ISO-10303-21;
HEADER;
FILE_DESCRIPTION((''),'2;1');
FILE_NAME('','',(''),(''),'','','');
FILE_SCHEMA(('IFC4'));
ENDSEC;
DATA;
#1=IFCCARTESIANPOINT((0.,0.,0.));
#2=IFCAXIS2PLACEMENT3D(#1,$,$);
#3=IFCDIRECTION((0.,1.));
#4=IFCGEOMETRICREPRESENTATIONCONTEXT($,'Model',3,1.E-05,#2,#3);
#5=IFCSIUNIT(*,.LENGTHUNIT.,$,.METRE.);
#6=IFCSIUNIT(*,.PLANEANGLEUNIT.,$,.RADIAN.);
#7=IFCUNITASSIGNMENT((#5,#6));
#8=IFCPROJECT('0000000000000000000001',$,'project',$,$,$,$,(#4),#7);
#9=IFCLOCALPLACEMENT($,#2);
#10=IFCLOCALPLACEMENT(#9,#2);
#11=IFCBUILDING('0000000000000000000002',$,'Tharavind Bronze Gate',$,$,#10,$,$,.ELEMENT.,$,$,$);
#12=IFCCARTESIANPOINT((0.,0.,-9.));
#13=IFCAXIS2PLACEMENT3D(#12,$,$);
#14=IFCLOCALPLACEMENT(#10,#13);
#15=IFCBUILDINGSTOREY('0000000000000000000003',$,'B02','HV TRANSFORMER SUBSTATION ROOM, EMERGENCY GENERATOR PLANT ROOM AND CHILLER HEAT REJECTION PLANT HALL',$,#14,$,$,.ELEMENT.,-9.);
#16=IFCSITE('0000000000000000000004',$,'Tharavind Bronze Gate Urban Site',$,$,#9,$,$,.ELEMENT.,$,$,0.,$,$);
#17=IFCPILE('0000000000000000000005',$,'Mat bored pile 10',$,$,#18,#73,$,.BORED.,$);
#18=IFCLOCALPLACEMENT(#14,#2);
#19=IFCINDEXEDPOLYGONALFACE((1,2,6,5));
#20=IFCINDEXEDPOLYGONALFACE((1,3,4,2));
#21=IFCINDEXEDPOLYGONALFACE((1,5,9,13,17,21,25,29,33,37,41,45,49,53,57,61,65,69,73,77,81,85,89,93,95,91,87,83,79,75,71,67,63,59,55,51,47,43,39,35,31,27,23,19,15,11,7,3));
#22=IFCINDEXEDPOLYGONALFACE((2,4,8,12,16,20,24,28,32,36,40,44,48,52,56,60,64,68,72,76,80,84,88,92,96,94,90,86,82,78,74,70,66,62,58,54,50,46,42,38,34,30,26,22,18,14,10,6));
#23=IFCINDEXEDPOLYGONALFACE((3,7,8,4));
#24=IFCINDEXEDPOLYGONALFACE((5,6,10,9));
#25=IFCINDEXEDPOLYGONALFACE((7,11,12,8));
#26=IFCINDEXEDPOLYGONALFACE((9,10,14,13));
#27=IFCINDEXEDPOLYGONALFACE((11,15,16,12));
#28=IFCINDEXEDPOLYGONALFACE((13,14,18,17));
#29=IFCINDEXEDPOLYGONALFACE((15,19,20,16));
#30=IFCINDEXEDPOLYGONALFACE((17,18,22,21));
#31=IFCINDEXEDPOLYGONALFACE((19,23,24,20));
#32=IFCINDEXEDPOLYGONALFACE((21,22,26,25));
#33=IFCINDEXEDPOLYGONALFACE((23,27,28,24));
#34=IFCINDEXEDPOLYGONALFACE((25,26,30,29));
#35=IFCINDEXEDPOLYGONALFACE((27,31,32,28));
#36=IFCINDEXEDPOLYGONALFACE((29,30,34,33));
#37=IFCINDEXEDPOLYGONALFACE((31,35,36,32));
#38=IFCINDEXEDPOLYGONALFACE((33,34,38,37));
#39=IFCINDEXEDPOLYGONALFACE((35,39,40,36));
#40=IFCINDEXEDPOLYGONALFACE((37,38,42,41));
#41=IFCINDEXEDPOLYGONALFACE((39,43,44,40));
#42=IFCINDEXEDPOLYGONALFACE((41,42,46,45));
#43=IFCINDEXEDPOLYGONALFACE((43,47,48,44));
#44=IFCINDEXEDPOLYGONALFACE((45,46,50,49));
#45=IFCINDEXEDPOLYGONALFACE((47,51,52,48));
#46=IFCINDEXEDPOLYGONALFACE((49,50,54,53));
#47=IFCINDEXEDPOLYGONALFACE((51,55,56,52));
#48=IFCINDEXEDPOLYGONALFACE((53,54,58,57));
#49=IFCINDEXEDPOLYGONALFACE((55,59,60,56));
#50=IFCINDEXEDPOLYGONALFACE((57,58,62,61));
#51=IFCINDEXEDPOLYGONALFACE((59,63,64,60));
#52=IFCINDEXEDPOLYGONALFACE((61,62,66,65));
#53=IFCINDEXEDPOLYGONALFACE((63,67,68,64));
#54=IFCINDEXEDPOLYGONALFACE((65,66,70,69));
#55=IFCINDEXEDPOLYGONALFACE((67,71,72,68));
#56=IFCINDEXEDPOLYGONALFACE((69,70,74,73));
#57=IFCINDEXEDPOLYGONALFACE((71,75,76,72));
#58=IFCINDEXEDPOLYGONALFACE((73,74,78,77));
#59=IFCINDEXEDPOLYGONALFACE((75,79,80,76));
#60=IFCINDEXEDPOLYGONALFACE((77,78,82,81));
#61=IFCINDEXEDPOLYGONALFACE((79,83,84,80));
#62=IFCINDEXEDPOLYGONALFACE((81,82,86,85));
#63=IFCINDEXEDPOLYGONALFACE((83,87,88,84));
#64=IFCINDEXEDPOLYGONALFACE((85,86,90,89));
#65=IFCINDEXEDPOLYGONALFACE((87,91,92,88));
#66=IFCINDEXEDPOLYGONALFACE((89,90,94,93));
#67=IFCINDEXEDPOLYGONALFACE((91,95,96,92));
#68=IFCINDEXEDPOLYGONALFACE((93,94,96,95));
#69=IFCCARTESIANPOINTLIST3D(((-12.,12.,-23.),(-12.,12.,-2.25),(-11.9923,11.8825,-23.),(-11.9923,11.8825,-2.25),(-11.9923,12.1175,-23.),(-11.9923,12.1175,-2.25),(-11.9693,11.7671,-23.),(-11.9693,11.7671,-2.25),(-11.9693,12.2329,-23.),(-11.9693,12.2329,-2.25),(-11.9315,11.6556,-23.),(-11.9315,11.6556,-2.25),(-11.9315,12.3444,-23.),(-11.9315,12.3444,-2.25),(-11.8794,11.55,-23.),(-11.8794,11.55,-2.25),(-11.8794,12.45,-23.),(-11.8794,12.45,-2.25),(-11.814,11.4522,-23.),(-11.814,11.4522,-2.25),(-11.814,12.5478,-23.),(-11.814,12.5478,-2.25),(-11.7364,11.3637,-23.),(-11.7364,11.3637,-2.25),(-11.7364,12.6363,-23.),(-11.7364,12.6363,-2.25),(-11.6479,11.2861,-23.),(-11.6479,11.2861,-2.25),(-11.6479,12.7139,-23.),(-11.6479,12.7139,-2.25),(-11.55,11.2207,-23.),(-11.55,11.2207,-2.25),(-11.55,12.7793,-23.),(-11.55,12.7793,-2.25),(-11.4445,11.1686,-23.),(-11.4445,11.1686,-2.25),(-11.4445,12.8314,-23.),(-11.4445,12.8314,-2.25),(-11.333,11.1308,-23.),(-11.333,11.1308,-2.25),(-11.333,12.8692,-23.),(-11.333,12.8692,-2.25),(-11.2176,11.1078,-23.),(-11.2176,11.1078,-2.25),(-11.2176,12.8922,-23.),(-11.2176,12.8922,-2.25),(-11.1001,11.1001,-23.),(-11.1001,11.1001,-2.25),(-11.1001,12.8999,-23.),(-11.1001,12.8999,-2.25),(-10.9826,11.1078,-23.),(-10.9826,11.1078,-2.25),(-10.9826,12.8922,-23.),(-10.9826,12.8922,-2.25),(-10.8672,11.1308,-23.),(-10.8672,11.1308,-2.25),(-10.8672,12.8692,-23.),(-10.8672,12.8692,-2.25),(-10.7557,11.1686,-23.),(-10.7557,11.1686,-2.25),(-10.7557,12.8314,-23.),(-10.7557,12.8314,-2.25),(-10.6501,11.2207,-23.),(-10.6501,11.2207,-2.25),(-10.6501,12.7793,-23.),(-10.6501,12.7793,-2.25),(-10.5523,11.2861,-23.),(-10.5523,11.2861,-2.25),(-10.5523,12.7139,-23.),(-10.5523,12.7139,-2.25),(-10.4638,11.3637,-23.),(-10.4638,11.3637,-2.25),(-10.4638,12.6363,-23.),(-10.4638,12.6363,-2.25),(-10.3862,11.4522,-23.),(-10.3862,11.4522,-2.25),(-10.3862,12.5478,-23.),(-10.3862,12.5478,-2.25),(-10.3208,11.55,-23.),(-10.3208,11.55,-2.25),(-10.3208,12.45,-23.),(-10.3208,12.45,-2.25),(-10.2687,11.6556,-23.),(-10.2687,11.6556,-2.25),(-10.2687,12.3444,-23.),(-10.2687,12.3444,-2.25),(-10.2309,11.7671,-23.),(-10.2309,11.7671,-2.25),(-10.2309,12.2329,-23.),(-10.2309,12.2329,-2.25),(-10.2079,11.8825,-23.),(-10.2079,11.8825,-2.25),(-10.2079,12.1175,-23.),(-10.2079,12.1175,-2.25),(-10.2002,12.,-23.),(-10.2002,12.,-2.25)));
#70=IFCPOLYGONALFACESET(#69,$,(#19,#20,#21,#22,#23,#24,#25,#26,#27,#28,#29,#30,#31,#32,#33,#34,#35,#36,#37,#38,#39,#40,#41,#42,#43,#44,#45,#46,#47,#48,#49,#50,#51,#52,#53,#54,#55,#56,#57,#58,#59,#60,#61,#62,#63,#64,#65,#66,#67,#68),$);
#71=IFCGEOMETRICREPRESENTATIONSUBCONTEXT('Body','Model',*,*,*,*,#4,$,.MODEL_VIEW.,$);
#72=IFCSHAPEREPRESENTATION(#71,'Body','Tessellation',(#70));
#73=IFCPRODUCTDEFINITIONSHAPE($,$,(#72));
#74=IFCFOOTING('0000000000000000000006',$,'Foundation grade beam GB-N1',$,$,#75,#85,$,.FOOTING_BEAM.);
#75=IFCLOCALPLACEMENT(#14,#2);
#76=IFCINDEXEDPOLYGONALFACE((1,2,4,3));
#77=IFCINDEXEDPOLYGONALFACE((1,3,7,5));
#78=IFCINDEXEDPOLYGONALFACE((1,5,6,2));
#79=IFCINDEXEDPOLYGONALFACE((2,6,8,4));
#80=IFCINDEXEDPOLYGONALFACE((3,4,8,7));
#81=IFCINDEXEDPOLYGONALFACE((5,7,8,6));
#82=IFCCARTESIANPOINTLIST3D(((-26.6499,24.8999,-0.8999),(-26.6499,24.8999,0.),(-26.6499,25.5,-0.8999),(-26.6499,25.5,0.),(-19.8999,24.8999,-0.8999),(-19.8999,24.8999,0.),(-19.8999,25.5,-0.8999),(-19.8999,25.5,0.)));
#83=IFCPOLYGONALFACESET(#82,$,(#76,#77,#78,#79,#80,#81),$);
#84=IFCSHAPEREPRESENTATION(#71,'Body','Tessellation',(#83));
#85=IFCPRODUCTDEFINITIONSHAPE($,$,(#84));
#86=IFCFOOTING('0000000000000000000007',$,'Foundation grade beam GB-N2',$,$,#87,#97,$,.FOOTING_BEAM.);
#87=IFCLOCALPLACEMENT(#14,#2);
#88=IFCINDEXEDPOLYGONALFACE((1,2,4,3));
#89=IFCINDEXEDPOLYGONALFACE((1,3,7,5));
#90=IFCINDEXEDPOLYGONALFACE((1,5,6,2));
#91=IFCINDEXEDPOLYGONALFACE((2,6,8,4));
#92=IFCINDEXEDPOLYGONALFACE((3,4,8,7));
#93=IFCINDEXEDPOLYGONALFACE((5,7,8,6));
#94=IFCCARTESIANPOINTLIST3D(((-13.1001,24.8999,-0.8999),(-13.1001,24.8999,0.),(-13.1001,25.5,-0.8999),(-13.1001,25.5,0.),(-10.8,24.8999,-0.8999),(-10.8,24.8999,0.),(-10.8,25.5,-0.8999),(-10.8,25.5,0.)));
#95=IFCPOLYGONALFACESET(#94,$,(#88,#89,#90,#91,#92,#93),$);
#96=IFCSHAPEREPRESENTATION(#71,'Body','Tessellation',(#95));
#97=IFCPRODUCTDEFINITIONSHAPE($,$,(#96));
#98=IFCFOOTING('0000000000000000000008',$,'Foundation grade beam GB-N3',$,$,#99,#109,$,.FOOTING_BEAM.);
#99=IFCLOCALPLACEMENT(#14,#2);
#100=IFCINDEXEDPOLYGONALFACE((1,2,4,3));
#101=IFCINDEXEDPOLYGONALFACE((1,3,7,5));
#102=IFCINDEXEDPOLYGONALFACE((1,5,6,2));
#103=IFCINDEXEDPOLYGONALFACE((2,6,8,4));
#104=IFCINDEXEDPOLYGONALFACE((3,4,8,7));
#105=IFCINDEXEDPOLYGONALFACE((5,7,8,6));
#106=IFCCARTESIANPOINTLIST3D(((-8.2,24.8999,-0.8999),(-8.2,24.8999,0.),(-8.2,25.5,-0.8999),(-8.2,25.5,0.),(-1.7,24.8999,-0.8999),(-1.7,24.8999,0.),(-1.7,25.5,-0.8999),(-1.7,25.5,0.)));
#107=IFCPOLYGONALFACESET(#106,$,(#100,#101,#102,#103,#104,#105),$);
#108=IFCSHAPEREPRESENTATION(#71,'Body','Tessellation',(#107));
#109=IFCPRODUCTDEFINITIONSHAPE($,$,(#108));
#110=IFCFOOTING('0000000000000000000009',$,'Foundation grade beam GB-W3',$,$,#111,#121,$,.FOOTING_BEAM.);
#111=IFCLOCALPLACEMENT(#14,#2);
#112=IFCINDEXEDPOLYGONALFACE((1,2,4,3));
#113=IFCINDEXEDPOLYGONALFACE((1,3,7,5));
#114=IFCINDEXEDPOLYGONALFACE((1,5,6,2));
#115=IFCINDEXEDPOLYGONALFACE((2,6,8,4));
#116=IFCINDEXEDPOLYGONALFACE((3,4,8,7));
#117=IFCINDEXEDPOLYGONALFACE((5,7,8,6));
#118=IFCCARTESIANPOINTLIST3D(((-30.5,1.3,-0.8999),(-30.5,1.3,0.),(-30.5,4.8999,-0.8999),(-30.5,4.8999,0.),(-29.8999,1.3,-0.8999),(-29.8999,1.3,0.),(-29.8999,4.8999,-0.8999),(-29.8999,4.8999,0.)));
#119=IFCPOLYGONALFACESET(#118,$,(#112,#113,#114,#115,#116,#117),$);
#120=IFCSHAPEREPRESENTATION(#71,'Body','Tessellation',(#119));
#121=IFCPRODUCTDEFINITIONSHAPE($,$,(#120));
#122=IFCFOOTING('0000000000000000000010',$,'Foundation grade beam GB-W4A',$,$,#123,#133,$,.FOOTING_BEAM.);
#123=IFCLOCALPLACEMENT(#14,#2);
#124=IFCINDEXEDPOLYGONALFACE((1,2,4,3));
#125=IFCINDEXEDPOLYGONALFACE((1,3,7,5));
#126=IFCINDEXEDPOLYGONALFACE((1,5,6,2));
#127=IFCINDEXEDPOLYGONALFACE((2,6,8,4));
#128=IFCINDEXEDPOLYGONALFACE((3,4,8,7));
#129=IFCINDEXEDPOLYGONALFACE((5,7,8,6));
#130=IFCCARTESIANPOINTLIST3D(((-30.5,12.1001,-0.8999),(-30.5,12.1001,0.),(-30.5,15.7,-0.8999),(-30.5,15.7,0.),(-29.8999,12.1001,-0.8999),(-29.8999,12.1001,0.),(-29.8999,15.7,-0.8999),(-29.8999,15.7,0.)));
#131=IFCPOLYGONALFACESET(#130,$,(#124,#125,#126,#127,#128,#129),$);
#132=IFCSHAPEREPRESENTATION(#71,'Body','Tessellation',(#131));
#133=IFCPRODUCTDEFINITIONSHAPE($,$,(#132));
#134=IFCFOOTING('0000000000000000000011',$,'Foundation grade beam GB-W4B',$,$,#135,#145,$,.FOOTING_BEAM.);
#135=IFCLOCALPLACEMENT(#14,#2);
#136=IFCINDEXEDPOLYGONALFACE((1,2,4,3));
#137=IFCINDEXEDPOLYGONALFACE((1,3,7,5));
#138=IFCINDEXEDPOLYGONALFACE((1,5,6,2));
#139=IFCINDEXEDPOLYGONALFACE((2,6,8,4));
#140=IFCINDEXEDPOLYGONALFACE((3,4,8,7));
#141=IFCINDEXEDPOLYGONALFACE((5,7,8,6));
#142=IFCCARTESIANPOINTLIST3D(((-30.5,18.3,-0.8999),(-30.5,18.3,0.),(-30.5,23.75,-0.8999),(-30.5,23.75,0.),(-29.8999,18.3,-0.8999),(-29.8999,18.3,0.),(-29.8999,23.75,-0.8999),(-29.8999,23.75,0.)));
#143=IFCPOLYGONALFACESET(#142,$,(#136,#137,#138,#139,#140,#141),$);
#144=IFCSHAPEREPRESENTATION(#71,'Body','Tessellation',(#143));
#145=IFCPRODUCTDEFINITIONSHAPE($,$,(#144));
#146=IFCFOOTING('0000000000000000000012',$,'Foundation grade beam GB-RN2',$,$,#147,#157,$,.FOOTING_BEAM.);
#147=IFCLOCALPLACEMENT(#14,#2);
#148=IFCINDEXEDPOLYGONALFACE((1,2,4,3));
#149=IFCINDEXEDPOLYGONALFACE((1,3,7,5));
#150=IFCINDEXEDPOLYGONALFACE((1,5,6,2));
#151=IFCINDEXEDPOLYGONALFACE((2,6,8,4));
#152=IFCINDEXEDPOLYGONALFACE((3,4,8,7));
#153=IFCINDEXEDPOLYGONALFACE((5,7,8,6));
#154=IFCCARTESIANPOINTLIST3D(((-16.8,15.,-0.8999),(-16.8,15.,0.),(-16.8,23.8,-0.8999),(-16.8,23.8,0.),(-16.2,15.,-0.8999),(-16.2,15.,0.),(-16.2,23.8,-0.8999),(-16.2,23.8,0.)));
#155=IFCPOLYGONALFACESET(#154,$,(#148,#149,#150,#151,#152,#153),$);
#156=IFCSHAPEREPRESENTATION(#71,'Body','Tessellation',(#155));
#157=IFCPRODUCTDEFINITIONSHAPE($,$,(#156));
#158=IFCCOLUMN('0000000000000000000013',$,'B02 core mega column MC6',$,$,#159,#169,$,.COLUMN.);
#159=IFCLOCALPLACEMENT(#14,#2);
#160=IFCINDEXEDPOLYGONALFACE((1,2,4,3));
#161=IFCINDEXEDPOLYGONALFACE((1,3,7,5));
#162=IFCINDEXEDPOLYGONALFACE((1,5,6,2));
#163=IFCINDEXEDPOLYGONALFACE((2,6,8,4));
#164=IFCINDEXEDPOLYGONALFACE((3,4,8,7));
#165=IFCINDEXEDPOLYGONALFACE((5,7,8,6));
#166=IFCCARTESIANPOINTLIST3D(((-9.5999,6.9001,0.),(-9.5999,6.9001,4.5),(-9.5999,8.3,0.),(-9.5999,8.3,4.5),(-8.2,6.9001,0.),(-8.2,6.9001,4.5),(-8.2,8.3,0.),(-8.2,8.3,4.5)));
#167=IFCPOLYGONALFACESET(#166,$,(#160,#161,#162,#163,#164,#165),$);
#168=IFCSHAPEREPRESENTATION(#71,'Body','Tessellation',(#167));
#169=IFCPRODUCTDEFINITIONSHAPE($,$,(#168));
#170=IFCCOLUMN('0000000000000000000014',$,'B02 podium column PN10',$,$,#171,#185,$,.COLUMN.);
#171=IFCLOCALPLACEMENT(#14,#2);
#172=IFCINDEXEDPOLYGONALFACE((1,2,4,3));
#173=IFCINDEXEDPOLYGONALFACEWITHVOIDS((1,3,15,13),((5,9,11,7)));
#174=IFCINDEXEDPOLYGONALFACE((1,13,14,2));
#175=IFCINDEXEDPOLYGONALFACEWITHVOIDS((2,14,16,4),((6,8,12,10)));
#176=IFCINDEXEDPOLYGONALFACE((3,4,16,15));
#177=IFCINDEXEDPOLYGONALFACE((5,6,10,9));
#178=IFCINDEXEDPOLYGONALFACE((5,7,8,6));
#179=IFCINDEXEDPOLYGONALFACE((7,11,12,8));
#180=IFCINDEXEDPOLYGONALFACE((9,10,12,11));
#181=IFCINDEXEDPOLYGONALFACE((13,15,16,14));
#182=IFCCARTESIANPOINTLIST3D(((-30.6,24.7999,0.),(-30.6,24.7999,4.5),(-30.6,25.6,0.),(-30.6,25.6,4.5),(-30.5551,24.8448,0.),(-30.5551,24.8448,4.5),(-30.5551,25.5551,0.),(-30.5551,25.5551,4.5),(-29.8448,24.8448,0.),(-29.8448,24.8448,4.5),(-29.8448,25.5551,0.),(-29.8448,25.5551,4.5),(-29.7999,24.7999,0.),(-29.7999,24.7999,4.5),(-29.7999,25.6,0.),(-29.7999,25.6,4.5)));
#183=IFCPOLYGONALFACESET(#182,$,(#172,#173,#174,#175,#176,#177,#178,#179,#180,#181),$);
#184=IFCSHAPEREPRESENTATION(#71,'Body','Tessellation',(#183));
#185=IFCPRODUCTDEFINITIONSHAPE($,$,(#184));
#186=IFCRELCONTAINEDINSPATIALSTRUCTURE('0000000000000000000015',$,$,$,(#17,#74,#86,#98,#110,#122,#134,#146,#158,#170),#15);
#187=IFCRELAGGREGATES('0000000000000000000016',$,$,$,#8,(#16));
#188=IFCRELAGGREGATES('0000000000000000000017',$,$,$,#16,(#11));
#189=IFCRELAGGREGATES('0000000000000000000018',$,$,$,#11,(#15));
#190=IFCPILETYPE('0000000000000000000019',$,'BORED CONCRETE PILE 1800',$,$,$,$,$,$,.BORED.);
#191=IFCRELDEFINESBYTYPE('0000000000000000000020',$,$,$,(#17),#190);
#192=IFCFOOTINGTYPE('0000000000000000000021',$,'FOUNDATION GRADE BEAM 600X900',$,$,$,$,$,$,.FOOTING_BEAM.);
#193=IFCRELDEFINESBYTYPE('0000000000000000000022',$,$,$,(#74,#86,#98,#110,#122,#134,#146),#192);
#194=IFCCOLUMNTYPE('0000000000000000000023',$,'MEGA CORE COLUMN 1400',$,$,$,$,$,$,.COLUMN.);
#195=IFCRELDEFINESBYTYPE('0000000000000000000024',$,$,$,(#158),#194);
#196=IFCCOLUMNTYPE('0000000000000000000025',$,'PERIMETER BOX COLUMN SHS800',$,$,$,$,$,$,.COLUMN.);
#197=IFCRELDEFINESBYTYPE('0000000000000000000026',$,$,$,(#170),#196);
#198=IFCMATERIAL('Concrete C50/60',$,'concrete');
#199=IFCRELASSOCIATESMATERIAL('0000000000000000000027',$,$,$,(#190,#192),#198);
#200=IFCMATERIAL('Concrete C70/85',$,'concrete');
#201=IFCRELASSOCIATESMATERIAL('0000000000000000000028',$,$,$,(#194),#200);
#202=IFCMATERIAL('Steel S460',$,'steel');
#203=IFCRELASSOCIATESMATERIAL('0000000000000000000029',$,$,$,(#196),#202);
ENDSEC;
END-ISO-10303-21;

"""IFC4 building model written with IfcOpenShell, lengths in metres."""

from ifc_helpers import new_model, si_unit, direction, frame, origin, origin_2d, place, context, subcontext, project, spatial, rectangle, hollow_rectangle, circle, extrude, material, material_profile, profile_set, type_object, element, save


model = new_model("IFC4")

# Units and contexts
model_context = context("Model", 3, precision=1e-05, world=origin(), true_north=direction((0.0, 1.0)))
body_context = subcontext(model_context, "Body", "Model", "MODEL_VIEW")
ifc_project = project(units=[si_unit("LENGTHUNIT", "METRE"), si_unit("PLANEANGLEUNIT", "RADIAN")], contexts=[model_context])

# Site, building, storey
site_placement = place(None, origin())
site = spatial("IfcSite", under=ifc_project, at=site_placement, Name="Tharavind Bronze Gate Urban Site", CompositionType="ELEMENT", RefElevation=0.0)
building_placement = place(site_placement, origin())
building = spatial("IfcBuilding", under=site, at=building_placement, Name="Tharavind Bronze Gate", CompositionType="ELEMENT")
storey_placement = place(building_placement, frame((0.0, 0.0, -9.0)))
storey = spatial("IfcBuildingStorey", under=building, at=storey_placement, Name="B02", Description="HV TRANSFORMER SUBSTATION ROOM, EMERGENCY GENERATOR PLANT ROOM AND CHILLER HEAT REJECTION PLANT HALL", CompositionType="ELEMENT", Elevation=-9.0)

# Pile
ifc_material_1 = material(Name="Concrete C50/60", Category="concrete")
ifc_material_profile_1 = material_profile(ifc_material_1, circle(Radius=0.8999, at=origin_2d()), Name="PILE1800")
ifc_profile_set_1 = profile_set([ifc_material_profile_1], Name="Concrete C50/60")
pile_type_1 = type_object("IfcPileType", Name="BORED CONCRETE PILE 1800", PredefinedType="BORED", material=ifc_profile_set_1)
for number, where, z_axis, x_axis, name in (
    (1, (-11.1001, 12.0, -2.25), (0.0, 0.0, -1.0), (1.0, 0.0, 0.0), "Mat bored pile 10"),
):
    element("IfcPile", number, at=place(storey_placement, frame(where, z_axis=z_axis, x_axis=x_axis)), inside=storey, type_object=pile_type_1, Name=name, PredefinedType="BORED", context=body_context, shape_type="SweptSolid", body=[
        extrude(circle(Radius=0.8999, at=origin_2d()), origin(), (0.0, 0.0, 1.0), 20.75),
    ])

# Footings
ifc_material_profile_2 = material_profile(ifc_material_1, rectangle(XDim=0.6001, YDim=0.8999, at=origin_2d()), Name="RCBM600X900")
ifc_profile_set_2 = profile_set([ifc_material_profile_2], Name="Concrete C50/60")
footing_type = type_object("IfcFootingType", Name="FOUNDATION GRADE BEAM 600X900", PredefinedType="FOOTING_BEAM", material=ifc_profile_set_2)
footing_1_placement = place(storey_placement, frame((-26.6499, 25.2, -0.45), z_axis=(1.0, 0.0, 0.0), x_axis=(0.0, 1.0, 0.0)))
element("IfcFooting", 2, at=footing_1_placement, inside=storey, type_object=footing_type, Name="Foundation grade beam GB-N1", PredefinedType="FOOTING_BEAM", context=body_context, shape_type="SweptSolid", body=[
    extrude(rectangle(XDim=0.6001, YDim=0.8999, at=origin_2d()), origin(), (0.0, 0.0, 1.0), 6.75),
])
footing_2_placement = place(storey_placement, frame((-13.1001, 25.2, -0.45), z_axis=(1.0, 0.0, 0.0), x_axis=(0.0, 1.0, 0.0)))
element("IfcFooting", 3, at=footing_2_placement, inside=storey, type_object=footing_type, Name="Foundation grade beam GB-N2", PredefinedType="FOOTING_BEAM", context=body_context, shape_type="SweptSolid", body=[
    extrude(rectangle(XDim=0.6001, YDim=0.8999, at=origin_2d()), origin(), (0.0, 0.0, 1.0), 2.3),
])
footing_3_placement = place(storey_placement, frame((-8.2, 25.2, -0.45), z_axis=(1.0, 0.0, 0.0), x_axis=(0.0, 1.0, 0.0)))
element("IfcFooting", 4, at=footing_3_placement, inside=storey, type_object=footing_type, Name="Foundation grade beam GB-N3", PredefinedType="FOOTING_BEAM", context=body_context, shape_type="SweptSolid", body=[
    extrude(rectangle(XDim=0.6001, YDim=0.8999, at=origin_2d()), origin(), (0.0, 0.0, 1.0), 6.5),
])
for number, where, z_axis, x_axis, name in (
    (5, (-30.2, 1.3, -0.45), (0.0, 1.0, 0.0), (-1.0, 0.0, 0.0), "Foundation grade beam GB-W3"),
    (6, (-30.2, 12.1001, -0.45), (0.0, 1.0, 0.0), (-1.0, 0.0, 0.0), "Foundation grade beam GB-W4A"),
):
    element("IfcFooting", number, at=place(storey_placement, frame(where, z_axis=z_axis, x_axis=x_axis)), inside=storey, type_object=footing_type, Name=name, PredefinedType="FOOTING_BEAM", context=body_context, shape_type="SweptSolid", body=[
        extrude(rectangle(XDim=0.6001, YDim=0.8999, at=origin_2d()), origin(), (0.0, 0.0, 1.0), 3.5999),
    ])
footing_4_placement = place(storey_placement, frame((-30.2, 18.3, -0.45), z_axis=(0.0, 1.0, 0.0), x_axis=(-1.0, 0.0, 0.0)))
element("IfcFooting", 7, at=footing_4_placement, inside=storey, type_object=footing_type, Name="Foundation grade beam GB-W4B", PredefinedType="FOOTING_BEAM", context=body_context, shape_type="SweptSolid", body=[
    extrude(rectangle(XDim=0.6001, YDim=0.8999, at=origin_2d()), origin(), (0.0, 0.0, 1.0), 5.45),
])
footing_5_placement = place(storey_placement, frame((-16.5, 15.0, -0.45), z_axis=(0.0, 1.0, 0.0), x_axis=(-1.0, 0.0, 0.0)))
element("IfcFooting", 8, at=footing_5_placement, inside=storey, type_object=footing_type, Name="Foundation grade beam GB-RN2", PredefinedType="FOOTING_BEAM", context=body_context, shape_type="SweptSolid", body=[
    extrude(rectangle(XDim=0.6001, YDim=0.8999, at=origin_2d()), origin(), (0.0, 0.0, 1.0), 8.8),
])

# Columns
ifc_material_2 = material(Name="Concrete C70/85", Category="concrete")
ifc_material_profile_3 = material_profile(ifc_material_2, rectangle(XDim=1.3999, YDim=1.3999, at=origin_2d()), Name="RCCOL1400")
ifc_profile_set_3 = profile_set([ifc_material_profile_3], Name="Concrete C70/85")
column_type_1 = type_object("IfcColumnType", Name="MEGA CORE COLUMN 1400", PredefinedType="COLUMN", material=ifc_profile_set_3)
column_1_placement = place(storey_placement, frame((-8.8999, 7.6001, 0.0), z_axis=(0.0, 0.0, 1.0), x_axis=(1.0, 0.0, 0.0)))
element("IfcColumn", 9, at=column_1_placement, inside=storey, type_object=column_type_1, Name="B02 core mega column MC6", PredefinedType="COLUMN", context=body_context, shape_type="SweptSolid", body=[
    extrude(rectangle(XDim=1.3999, YDim=1.3999, at=origin_2d()), origin(), (0.0, 0.0, 1.0), 4.5),
])
ifc_material_3 = material(Name="Steel S460", Category="steel")
ifc_material_profile_4 = material_profile(ifc_material_3, hollow_rectangle(XDim=0.8, YDim=0.8, WallThickness=0.0449, at=origin_2d()), Name="SHS800X45")
ifc_profile_set_4 = profile_set([ifc_material_profile_4], Name="Steel S460")
column_type_2 = type_object("IfcColumnType", Name="PERIMETER BOX COLUMN SHS800", PredefinedType="COLUMN", material=ifc_profile_set_4)
for number, where, z_axis, x_axis, name in (
    (10, (-30.2, 25.2, 0.0), (0.0, 0.0, 1.0), (1.0, 0.0, 0.0), "B02 podium column PN10"),
):
    element("IfcColumn", number, at=place(storey_placement, frame(where, z_axis=z_axis, x_axis=x_axis)), inside=storey, type_object=column_type_2, Name=name, PredefinedType="COLUMN", context=body_context, shape_type="SweptSolid", body=[
        extrude(hollow_rectangle(XDim=0.8, YDim=0.8, WallThickness=0.0449, at=origin_2d()), origin(), (0.0, 0.0, 1.0), 4.5),
    ])

save(model, "model.ifc")
